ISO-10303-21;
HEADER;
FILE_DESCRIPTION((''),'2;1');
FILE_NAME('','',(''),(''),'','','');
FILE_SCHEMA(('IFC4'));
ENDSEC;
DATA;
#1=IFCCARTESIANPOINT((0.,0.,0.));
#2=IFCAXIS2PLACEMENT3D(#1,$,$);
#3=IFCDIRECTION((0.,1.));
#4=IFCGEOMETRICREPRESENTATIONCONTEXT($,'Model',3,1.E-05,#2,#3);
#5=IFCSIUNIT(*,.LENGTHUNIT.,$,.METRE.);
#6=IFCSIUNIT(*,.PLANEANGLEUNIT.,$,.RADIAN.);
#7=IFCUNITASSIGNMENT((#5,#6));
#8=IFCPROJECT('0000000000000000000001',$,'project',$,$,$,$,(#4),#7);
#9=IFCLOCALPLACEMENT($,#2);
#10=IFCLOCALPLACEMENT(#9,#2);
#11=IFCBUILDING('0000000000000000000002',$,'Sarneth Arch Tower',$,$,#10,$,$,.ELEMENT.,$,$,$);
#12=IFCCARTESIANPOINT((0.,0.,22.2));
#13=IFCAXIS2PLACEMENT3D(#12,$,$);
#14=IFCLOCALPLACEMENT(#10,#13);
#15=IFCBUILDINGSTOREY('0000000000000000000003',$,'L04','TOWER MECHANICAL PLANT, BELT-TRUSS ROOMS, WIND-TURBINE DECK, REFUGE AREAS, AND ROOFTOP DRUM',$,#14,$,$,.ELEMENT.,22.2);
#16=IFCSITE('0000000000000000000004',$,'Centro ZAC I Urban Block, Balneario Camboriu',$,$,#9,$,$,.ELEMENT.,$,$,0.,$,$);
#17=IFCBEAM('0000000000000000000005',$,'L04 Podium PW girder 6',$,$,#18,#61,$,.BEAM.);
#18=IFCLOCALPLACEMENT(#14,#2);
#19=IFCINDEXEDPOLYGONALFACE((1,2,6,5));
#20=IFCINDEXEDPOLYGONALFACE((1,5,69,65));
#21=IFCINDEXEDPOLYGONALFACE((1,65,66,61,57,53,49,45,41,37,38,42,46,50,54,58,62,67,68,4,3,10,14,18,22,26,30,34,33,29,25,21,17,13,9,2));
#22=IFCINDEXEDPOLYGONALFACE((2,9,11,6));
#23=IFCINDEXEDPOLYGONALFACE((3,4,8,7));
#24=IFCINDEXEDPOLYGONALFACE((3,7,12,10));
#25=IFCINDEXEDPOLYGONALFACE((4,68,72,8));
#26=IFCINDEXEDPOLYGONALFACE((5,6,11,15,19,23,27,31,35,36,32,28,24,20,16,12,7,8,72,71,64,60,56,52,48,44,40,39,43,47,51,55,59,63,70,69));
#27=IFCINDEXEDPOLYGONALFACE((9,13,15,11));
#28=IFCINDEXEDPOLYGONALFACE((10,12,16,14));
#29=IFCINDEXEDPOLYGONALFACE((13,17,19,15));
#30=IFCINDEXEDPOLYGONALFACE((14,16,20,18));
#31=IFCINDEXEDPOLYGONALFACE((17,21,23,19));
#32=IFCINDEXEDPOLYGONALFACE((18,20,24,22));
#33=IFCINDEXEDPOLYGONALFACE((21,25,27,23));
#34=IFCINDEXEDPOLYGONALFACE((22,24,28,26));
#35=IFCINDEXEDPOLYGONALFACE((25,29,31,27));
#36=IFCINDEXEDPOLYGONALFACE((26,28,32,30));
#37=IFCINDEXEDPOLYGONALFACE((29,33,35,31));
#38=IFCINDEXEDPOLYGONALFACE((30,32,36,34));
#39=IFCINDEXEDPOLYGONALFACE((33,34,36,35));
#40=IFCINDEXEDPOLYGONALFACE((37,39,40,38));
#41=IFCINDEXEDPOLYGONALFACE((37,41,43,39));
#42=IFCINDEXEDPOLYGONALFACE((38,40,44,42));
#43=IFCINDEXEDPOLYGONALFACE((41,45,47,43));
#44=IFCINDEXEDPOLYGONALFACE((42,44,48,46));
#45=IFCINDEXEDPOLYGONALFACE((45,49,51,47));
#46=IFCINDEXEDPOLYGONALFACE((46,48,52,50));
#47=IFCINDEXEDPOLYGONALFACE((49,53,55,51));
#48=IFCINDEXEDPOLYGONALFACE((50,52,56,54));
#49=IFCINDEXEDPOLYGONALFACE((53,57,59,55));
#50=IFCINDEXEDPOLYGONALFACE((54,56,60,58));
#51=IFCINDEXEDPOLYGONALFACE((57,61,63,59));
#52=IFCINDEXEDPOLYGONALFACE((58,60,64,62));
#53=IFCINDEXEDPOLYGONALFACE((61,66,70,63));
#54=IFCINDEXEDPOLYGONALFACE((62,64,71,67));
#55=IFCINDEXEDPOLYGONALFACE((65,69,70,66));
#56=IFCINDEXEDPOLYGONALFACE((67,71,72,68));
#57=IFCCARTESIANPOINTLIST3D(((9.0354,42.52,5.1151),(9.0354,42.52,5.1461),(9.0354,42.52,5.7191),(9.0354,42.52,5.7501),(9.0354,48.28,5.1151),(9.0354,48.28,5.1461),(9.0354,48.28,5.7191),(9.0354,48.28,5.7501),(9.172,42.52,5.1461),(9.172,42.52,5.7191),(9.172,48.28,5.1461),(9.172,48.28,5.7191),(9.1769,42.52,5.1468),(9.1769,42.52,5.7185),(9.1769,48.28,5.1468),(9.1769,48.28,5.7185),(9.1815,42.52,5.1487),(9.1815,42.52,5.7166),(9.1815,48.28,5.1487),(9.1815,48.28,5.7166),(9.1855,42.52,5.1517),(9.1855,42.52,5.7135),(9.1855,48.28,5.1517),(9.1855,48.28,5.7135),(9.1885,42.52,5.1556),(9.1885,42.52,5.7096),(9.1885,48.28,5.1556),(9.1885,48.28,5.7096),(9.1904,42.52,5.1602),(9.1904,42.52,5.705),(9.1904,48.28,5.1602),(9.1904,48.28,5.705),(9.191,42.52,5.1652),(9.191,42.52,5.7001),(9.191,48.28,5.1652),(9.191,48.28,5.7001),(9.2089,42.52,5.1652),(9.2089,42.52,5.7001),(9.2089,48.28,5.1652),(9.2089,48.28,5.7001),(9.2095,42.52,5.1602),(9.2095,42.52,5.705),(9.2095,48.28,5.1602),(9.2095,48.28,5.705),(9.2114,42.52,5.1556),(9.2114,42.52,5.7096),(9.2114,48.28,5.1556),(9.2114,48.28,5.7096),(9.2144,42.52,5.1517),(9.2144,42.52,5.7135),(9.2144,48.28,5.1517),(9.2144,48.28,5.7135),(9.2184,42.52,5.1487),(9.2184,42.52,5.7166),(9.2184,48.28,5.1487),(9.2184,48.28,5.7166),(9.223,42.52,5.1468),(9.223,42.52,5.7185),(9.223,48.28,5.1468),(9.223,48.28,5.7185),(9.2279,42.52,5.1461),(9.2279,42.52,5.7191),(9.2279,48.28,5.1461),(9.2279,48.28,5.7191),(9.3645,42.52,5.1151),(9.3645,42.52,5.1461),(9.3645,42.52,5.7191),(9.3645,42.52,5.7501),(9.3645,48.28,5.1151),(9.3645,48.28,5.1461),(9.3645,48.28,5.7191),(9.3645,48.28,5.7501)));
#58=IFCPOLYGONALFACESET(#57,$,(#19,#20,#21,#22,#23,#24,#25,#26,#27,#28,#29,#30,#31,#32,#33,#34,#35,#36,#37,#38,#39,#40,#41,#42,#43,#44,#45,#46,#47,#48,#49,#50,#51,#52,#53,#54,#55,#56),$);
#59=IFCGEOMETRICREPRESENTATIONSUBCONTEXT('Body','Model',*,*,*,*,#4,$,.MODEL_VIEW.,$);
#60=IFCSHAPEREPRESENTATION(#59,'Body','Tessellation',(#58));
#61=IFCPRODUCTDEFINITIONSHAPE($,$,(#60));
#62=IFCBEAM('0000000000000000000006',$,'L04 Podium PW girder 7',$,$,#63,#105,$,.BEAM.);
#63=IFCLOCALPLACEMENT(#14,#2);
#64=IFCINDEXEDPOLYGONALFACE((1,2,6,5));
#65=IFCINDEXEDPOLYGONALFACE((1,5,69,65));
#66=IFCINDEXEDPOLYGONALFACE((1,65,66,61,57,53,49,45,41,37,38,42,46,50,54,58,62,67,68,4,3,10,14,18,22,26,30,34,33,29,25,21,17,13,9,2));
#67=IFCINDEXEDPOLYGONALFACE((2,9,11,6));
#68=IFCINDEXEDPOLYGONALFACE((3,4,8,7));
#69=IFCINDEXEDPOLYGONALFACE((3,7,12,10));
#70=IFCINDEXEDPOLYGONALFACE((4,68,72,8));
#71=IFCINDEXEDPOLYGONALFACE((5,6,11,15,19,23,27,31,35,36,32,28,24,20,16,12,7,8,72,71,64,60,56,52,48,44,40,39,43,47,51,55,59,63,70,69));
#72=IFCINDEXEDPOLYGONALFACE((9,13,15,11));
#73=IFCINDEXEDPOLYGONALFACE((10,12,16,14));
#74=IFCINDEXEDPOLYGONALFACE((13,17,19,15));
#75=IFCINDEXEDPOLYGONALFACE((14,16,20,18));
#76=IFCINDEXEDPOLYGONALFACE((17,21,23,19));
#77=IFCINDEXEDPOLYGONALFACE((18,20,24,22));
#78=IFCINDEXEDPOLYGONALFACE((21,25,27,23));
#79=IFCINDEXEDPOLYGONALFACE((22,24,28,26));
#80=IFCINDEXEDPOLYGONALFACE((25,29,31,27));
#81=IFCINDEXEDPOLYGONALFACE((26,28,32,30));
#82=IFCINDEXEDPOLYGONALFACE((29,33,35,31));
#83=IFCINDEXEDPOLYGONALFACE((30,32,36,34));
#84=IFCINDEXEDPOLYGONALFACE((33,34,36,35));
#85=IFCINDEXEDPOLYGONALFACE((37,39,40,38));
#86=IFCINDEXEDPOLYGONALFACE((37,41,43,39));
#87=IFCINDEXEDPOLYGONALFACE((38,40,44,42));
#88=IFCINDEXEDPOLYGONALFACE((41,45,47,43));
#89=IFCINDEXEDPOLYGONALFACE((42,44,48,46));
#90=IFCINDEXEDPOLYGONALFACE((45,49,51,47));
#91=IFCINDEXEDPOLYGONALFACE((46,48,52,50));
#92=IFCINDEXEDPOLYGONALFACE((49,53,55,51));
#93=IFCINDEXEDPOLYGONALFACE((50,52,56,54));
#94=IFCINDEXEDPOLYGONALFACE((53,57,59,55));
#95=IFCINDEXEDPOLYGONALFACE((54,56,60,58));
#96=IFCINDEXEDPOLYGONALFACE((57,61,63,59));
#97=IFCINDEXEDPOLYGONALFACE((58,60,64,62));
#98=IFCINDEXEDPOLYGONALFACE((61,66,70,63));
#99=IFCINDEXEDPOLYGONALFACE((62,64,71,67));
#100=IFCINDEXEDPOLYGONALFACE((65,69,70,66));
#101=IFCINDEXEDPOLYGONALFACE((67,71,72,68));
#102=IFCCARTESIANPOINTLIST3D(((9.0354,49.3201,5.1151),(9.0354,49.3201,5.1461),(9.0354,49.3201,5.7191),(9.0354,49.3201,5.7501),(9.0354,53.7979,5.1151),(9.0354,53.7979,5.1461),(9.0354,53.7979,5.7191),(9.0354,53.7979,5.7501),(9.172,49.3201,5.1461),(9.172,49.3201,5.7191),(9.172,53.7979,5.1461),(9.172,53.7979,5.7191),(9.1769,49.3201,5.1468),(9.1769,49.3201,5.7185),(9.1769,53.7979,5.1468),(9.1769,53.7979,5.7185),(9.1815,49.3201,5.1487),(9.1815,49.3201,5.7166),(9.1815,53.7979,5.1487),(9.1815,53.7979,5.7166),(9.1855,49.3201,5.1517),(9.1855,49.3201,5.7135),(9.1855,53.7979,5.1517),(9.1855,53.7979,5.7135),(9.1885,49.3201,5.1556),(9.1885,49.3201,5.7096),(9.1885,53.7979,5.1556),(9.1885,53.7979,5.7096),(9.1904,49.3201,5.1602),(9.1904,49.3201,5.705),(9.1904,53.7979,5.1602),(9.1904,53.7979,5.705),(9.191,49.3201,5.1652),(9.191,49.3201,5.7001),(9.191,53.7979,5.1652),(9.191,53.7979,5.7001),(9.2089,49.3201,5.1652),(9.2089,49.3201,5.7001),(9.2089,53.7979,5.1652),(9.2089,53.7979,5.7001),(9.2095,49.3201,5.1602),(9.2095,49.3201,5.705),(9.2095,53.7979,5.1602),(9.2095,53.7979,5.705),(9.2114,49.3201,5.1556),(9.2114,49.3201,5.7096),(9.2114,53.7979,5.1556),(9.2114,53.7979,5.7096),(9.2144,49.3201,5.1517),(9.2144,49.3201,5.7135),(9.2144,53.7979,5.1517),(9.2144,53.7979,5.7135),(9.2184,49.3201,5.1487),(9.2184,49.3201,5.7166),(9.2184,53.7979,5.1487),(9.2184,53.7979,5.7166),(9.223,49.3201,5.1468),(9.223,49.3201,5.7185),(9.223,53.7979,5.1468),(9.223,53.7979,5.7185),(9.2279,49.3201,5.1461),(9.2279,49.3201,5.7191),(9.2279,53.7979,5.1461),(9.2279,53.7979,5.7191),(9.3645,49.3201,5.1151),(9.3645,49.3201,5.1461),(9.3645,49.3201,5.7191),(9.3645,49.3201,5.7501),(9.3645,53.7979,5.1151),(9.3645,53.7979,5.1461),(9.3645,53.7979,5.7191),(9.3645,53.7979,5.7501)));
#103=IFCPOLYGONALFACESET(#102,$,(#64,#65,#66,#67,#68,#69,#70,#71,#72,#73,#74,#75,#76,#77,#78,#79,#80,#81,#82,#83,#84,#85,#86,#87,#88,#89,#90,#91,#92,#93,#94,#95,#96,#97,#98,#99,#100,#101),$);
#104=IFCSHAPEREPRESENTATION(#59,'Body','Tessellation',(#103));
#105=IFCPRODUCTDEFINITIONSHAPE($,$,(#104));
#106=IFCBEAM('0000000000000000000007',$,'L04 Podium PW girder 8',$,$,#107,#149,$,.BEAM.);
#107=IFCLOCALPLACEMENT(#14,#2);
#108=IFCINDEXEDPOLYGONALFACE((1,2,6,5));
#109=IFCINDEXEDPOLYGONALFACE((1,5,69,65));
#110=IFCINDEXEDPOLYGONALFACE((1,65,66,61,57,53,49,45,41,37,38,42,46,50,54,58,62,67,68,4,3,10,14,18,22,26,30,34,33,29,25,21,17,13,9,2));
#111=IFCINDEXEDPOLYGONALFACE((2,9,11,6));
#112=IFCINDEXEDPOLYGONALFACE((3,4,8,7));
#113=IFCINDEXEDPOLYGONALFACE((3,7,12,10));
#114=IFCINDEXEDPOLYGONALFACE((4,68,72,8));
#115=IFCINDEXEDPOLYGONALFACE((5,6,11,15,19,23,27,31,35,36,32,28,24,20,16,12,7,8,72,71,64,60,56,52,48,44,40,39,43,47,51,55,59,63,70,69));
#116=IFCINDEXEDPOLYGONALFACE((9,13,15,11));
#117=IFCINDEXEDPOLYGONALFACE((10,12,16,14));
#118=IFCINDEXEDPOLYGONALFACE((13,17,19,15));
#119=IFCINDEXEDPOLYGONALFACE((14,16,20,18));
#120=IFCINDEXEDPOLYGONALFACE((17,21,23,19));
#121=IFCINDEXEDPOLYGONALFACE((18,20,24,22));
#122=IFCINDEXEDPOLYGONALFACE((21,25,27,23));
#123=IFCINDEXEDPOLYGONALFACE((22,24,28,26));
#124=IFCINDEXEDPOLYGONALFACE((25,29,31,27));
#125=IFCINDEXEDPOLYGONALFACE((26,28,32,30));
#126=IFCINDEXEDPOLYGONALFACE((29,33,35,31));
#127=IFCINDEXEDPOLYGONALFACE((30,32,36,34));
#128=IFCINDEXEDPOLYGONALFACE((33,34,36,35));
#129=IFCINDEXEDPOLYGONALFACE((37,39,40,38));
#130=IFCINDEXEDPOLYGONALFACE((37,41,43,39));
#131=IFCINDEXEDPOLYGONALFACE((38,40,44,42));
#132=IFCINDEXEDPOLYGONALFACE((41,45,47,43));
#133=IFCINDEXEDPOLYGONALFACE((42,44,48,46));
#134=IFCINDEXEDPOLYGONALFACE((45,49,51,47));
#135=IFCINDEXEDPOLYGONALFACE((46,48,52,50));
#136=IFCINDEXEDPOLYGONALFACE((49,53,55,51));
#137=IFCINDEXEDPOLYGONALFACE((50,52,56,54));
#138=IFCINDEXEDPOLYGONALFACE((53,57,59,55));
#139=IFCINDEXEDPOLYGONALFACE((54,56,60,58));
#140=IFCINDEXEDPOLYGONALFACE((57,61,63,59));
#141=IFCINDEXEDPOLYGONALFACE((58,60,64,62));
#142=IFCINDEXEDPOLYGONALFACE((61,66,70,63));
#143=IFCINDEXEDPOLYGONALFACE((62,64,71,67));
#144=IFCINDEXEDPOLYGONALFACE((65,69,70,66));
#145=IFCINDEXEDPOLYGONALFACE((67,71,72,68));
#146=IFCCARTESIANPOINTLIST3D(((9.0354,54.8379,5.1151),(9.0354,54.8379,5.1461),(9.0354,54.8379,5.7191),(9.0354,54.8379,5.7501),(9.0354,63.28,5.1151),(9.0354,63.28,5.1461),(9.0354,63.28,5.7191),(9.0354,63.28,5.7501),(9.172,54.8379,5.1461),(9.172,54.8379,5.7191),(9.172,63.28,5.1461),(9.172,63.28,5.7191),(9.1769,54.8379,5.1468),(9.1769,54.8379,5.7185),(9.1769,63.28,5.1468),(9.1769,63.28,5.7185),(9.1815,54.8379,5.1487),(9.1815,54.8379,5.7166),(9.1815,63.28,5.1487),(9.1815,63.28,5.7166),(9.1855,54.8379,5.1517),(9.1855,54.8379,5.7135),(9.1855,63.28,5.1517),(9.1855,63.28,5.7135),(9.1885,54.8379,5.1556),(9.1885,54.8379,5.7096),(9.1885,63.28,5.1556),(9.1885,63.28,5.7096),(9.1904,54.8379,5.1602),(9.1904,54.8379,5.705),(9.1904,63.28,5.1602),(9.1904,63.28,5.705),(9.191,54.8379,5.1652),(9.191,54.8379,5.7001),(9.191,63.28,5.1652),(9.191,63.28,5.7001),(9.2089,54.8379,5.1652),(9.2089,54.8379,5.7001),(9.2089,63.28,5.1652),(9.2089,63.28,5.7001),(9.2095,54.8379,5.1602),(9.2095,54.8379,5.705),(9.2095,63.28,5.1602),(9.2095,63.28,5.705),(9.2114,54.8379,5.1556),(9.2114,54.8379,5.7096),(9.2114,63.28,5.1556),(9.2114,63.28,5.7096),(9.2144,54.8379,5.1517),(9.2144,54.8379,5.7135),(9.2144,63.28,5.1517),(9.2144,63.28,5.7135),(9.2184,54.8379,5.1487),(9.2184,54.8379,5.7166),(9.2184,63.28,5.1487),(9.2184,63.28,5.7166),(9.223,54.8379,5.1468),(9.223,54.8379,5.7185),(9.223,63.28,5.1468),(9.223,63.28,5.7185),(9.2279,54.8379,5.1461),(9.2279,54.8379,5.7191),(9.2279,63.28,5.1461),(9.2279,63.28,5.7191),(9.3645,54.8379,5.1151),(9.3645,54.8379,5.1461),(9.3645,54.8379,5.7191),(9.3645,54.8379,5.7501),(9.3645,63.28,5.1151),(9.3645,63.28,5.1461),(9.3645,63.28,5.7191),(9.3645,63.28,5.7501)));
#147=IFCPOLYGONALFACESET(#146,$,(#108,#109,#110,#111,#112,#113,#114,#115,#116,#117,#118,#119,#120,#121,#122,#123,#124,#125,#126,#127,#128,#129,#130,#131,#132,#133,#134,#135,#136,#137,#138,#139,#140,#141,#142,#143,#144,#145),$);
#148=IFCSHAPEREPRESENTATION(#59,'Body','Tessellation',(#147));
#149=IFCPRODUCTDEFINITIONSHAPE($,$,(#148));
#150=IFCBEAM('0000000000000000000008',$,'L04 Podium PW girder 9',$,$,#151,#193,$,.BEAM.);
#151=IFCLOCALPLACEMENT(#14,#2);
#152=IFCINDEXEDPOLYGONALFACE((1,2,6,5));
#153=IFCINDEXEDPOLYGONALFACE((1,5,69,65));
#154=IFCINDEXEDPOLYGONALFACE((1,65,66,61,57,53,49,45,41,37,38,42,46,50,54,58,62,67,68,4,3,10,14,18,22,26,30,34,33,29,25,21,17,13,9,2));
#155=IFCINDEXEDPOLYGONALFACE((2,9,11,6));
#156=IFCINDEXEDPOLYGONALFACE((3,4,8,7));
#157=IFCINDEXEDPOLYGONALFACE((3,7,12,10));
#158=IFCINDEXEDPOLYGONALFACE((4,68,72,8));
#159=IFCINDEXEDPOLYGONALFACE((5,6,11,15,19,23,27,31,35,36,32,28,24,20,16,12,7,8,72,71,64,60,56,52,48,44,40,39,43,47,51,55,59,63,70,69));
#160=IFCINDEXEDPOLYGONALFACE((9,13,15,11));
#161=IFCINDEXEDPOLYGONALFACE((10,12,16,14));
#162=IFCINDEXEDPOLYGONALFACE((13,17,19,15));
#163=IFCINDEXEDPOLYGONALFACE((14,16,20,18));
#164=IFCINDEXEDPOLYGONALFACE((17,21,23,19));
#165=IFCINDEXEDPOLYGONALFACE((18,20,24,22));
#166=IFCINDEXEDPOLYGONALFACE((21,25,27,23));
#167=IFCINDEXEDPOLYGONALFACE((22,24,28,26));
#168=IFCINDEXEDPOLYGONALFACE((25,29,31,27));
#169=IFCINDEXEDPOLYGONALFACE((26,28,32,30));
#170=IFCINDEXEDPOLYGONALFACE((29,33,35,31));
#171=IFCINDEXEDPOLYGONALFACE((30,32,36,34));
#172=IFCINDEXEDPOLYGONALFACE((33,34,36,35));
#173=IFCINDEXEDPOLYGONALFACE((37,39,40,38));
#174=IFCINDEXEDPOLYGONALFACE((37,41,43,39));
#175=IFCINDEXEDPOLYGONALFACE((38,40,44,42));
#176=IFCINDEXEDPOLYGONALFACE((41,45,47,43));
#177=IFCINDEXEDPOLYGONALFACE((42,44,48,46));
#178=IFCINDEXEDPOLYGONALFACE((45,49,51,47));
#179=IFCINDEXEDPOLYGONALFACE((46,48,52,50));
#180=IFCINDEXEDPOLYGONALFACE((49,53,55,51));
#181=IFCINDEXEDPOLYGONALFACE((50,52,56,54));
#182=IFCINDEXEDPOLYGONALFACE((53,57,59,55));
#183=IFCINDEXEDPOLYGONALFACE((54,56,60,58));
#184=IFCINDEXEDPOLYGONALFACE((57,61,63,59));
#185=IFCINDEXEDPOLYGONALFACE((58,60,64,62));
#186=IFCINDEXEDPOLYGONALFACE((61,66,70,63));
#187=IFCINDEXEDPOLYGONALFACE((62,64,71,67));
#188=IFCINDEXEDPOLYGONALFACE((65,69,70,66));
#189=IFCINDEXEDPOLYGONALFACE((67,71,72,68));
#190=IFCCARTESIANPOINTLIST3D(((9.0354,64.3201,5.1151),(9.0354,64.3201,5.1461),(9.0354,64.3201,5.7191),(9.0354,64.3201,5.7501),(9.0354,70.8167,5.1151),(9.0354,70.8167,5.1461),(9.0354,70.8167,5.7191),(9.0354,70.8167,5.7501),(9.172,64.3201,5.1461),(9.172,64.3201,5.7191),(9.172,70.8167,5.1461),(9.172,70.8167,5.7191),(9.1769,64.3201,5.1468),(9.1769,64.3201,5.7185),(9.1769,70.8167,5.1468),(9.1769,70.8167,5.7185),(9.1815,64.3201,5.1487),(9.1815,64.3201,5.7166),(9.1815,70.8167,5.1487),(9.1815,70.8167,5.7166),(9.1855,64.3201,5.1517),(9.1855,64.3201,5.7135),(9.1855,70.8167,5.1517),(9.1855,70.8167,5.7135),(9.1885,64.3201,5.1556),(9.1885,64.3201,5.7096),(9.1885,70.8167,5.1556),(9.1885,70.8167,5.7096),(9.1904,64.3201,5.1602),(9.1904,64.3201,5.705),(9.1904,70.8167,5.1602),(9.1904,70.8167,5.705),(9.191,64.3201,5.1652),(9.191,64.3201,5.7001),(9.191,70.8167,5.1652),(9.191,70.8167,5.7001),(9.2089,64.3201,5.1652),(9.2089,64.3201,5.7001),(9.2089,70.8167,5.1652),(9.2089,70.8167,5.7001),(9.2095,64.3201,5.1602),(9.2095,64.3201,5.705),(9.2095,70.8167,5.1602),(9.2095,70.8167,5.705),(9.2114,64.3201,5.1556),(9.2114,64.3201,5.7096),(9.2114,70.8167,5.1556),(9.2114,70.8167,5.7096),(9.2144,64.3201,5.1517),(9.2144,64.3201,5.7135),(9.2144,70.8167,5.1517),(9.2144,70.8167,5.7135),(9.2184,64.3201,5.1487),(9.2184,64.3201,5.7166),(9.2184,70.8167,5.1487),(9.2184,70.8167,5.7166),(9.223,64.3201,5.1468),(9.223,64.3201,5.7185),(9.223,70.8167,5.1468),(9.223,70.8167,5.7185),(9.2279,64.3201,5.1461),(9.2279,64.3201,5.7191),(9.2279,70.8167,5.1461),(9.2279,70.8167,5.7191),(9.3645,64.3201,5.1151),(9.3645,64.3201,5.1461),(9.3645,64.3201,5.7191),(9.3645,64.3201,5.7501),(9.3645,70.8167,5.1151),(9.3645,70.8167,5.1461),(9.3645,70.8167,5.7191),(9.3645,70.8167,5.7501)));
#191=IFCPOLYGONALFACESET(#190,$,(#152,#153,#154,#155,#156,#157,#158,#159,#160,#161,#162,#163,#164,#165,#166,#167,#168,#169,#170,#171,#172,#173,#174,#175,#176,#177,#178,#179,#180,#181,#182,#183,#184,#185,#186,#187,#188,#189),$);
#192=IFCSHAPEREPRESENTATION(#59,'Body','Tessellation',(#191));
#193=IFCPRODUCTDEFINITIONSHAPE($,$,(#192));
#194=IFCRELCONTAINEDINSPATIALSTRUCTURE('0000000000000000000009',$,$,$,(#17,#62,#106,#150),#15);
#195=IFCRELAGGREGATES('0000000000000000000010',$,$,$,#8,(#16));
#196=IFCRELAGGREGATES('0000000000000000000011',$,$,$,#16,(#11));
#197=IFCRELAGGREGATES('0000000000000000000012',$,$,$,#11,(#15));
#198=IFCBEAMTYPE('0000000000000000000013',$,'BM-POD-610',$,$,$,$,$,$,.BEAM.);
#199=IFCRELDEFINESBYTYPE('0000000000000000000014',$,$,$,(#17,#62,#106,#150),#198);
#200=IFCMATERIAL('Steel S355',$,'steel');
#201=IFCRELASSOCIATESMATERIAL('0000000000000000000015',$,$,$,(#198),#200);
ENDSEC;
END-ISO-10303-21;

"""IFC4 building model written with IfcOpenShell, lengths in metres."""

from ifc_helpers import new_model, si_unit, direction, frame, origin, origin_2d, place, context, subcontext, project, spatial, i_section, extrude, material, material_profile, profile_set, type_object, element, save


model = new_model("IFC4")

# Units and contexts
model_context = context("Model", 3, precision=1e-05, world=origin(), true_north=direction((0.0, 1.0)))
body_context = subcontext(model_context, "Body", "Model", "MODEL_VIEW")
ifc_project = project(units=[si_unit("LENGTHUNIT", "METRE"), si_unit("PLANEANGLEUNIT", "RADIAN")], contexts=[model_context])

# Site, building, storey
site_placement = place(None, origin())
site = spatial("IfcSite", under=ifc_project, at=site_placement, Name="Centro ZAC I Urban Block, Balneario Camboriu", CompositionType="ELEMENT", RefElevation=0.0)
building_placement = place(site_placement, origin())
building = spatial("IfcBuilding", under=site, at=building_placement, Name="Sarneth Arch Tower", CompositionType="ELEMENT")
storey_placement = place(building_placement, frame((0.0, 0.0, 22.2)))
storey = spatial("IfcBuildingStorey", under=building, at=storey_placement, Name="L04", Description="TOWER MECHANICAL PLANT, BELT-TRUSS ROOMS, WIND-TURBINE DECK, REFUGE AREAS, AND ROOFTOP DRUM", CompositionType="ELEMENT", Elevation=22.2)

# Beams
ifc_material_1 = material(Name="Steel S355", Category="steel")
ifc_material_profile_1 = material_profile(ifc_material_1, i_section(OverallWidth=0.3291, OverallDepth=0.635, WebThickness=0.0178, FlangeThickness=0.031, FilletRadius=0.019, at=origin_2d()), Name="W610x241")
ifc_profile_set_1 = profile_set([ifc_material_profile_1], Name="Steel S355")
beam_type_1 = type_object("IfcBeamType", Name="BM-POD-610", PredefinedType="BEAM", material=ifc_profile_set_1)
beam_1_placement = place(storey_placement, frame((9.2, 42.52, 5.4326), z_axis=(0.0, 1.0, 0.0), x_axis=(-1.0, 0.0, 0.0)))
element("IfcBeam", 1, at=beam_1_placement, inside=storey, type_object=beam_type_1, Name="L04 Podium PW girder 6", PredefinedType="BEAM", context=body_context, shape_type="SweptSolid", body=[
    extrude(i_section(OverallWidth=0.3291, OverallDepth=0.635, WebThickness=0.0178, FlangeThickness=0.031, FilletRadius=0.019, at=origin_2d()), origin(), (0.0, 0.0, 1.0), 5.76),
])
beam_2_placement = place(storey_placement, frame((9.2, 49.3201, 5.4326), z_axis=(0.0, 1.0, 0.0), x_axis=(-1.0, 0.0, 0.0)))
element("IfcBeam", 2, at=beam_2_placement, inside=storey, type_object=beam_type_1, Name="L04 Podium PW girder 7", PredefinedType="BEAM", context=body_context, shape_type="SweptSolid", body=[
    extrude(i_section(OverallWidth=0.3291, OverallDepth=0.635, WebThickness=0.0178, FlangeThickness=0.031, FilletRadius=0.019, at=origin_2d()), origin(), (0.0, 0.0, 1.0), 4.4778),
])
beam_3_placement = place(storey_placement, frame((9.2, 54.8379, 5.4326), z_axis=(0.0, 1.0, 0.0), x_axis=(-1.0, 0.0, 0.0)))
element("IfcBeam", 3, at=beam_3_placement, inside=storey, type_object=beam_type_1, Name="L04 Podium PW girder 8", PredefinedType="BEAM", context=body_context, shape_type="SweptSolid", body=[
    extrude(i_section(OverallWidth=0.3291, OverallDepth=0.635, WebThickness=0.0178, FlangeThickness=0.031, FilletRadius=0.019, at=origin_2d()), origin(), (0.0, 0.0, 1.0), 8.4421),
])
beam_4_placement = place(storey_placement, frame((9.2, 64.3201, 5.4326), z_axis=(0.0, 1.0, 0.0), x_axis=(-1.0, 0.0, 0.0)))
element("IfcBeam", 4, at=beam_4_placement, inside=storey, type_object=beam_type_1, Name="L04 Podium PW girder 9", PredefinedType="BEAM", context=body_context, shape_type="SweptSolid", body=[
    extrude(i_section(OverallWidth=0.3291, OverallDepth=0.635, WebThickness=0.0178, FlangeThickness=0.031, FilletRadius=0.019, at=origin_2d()), origin(), (0.0, 0.0, 1.0), 6.4966),
])

save(model, "model.ifc")
